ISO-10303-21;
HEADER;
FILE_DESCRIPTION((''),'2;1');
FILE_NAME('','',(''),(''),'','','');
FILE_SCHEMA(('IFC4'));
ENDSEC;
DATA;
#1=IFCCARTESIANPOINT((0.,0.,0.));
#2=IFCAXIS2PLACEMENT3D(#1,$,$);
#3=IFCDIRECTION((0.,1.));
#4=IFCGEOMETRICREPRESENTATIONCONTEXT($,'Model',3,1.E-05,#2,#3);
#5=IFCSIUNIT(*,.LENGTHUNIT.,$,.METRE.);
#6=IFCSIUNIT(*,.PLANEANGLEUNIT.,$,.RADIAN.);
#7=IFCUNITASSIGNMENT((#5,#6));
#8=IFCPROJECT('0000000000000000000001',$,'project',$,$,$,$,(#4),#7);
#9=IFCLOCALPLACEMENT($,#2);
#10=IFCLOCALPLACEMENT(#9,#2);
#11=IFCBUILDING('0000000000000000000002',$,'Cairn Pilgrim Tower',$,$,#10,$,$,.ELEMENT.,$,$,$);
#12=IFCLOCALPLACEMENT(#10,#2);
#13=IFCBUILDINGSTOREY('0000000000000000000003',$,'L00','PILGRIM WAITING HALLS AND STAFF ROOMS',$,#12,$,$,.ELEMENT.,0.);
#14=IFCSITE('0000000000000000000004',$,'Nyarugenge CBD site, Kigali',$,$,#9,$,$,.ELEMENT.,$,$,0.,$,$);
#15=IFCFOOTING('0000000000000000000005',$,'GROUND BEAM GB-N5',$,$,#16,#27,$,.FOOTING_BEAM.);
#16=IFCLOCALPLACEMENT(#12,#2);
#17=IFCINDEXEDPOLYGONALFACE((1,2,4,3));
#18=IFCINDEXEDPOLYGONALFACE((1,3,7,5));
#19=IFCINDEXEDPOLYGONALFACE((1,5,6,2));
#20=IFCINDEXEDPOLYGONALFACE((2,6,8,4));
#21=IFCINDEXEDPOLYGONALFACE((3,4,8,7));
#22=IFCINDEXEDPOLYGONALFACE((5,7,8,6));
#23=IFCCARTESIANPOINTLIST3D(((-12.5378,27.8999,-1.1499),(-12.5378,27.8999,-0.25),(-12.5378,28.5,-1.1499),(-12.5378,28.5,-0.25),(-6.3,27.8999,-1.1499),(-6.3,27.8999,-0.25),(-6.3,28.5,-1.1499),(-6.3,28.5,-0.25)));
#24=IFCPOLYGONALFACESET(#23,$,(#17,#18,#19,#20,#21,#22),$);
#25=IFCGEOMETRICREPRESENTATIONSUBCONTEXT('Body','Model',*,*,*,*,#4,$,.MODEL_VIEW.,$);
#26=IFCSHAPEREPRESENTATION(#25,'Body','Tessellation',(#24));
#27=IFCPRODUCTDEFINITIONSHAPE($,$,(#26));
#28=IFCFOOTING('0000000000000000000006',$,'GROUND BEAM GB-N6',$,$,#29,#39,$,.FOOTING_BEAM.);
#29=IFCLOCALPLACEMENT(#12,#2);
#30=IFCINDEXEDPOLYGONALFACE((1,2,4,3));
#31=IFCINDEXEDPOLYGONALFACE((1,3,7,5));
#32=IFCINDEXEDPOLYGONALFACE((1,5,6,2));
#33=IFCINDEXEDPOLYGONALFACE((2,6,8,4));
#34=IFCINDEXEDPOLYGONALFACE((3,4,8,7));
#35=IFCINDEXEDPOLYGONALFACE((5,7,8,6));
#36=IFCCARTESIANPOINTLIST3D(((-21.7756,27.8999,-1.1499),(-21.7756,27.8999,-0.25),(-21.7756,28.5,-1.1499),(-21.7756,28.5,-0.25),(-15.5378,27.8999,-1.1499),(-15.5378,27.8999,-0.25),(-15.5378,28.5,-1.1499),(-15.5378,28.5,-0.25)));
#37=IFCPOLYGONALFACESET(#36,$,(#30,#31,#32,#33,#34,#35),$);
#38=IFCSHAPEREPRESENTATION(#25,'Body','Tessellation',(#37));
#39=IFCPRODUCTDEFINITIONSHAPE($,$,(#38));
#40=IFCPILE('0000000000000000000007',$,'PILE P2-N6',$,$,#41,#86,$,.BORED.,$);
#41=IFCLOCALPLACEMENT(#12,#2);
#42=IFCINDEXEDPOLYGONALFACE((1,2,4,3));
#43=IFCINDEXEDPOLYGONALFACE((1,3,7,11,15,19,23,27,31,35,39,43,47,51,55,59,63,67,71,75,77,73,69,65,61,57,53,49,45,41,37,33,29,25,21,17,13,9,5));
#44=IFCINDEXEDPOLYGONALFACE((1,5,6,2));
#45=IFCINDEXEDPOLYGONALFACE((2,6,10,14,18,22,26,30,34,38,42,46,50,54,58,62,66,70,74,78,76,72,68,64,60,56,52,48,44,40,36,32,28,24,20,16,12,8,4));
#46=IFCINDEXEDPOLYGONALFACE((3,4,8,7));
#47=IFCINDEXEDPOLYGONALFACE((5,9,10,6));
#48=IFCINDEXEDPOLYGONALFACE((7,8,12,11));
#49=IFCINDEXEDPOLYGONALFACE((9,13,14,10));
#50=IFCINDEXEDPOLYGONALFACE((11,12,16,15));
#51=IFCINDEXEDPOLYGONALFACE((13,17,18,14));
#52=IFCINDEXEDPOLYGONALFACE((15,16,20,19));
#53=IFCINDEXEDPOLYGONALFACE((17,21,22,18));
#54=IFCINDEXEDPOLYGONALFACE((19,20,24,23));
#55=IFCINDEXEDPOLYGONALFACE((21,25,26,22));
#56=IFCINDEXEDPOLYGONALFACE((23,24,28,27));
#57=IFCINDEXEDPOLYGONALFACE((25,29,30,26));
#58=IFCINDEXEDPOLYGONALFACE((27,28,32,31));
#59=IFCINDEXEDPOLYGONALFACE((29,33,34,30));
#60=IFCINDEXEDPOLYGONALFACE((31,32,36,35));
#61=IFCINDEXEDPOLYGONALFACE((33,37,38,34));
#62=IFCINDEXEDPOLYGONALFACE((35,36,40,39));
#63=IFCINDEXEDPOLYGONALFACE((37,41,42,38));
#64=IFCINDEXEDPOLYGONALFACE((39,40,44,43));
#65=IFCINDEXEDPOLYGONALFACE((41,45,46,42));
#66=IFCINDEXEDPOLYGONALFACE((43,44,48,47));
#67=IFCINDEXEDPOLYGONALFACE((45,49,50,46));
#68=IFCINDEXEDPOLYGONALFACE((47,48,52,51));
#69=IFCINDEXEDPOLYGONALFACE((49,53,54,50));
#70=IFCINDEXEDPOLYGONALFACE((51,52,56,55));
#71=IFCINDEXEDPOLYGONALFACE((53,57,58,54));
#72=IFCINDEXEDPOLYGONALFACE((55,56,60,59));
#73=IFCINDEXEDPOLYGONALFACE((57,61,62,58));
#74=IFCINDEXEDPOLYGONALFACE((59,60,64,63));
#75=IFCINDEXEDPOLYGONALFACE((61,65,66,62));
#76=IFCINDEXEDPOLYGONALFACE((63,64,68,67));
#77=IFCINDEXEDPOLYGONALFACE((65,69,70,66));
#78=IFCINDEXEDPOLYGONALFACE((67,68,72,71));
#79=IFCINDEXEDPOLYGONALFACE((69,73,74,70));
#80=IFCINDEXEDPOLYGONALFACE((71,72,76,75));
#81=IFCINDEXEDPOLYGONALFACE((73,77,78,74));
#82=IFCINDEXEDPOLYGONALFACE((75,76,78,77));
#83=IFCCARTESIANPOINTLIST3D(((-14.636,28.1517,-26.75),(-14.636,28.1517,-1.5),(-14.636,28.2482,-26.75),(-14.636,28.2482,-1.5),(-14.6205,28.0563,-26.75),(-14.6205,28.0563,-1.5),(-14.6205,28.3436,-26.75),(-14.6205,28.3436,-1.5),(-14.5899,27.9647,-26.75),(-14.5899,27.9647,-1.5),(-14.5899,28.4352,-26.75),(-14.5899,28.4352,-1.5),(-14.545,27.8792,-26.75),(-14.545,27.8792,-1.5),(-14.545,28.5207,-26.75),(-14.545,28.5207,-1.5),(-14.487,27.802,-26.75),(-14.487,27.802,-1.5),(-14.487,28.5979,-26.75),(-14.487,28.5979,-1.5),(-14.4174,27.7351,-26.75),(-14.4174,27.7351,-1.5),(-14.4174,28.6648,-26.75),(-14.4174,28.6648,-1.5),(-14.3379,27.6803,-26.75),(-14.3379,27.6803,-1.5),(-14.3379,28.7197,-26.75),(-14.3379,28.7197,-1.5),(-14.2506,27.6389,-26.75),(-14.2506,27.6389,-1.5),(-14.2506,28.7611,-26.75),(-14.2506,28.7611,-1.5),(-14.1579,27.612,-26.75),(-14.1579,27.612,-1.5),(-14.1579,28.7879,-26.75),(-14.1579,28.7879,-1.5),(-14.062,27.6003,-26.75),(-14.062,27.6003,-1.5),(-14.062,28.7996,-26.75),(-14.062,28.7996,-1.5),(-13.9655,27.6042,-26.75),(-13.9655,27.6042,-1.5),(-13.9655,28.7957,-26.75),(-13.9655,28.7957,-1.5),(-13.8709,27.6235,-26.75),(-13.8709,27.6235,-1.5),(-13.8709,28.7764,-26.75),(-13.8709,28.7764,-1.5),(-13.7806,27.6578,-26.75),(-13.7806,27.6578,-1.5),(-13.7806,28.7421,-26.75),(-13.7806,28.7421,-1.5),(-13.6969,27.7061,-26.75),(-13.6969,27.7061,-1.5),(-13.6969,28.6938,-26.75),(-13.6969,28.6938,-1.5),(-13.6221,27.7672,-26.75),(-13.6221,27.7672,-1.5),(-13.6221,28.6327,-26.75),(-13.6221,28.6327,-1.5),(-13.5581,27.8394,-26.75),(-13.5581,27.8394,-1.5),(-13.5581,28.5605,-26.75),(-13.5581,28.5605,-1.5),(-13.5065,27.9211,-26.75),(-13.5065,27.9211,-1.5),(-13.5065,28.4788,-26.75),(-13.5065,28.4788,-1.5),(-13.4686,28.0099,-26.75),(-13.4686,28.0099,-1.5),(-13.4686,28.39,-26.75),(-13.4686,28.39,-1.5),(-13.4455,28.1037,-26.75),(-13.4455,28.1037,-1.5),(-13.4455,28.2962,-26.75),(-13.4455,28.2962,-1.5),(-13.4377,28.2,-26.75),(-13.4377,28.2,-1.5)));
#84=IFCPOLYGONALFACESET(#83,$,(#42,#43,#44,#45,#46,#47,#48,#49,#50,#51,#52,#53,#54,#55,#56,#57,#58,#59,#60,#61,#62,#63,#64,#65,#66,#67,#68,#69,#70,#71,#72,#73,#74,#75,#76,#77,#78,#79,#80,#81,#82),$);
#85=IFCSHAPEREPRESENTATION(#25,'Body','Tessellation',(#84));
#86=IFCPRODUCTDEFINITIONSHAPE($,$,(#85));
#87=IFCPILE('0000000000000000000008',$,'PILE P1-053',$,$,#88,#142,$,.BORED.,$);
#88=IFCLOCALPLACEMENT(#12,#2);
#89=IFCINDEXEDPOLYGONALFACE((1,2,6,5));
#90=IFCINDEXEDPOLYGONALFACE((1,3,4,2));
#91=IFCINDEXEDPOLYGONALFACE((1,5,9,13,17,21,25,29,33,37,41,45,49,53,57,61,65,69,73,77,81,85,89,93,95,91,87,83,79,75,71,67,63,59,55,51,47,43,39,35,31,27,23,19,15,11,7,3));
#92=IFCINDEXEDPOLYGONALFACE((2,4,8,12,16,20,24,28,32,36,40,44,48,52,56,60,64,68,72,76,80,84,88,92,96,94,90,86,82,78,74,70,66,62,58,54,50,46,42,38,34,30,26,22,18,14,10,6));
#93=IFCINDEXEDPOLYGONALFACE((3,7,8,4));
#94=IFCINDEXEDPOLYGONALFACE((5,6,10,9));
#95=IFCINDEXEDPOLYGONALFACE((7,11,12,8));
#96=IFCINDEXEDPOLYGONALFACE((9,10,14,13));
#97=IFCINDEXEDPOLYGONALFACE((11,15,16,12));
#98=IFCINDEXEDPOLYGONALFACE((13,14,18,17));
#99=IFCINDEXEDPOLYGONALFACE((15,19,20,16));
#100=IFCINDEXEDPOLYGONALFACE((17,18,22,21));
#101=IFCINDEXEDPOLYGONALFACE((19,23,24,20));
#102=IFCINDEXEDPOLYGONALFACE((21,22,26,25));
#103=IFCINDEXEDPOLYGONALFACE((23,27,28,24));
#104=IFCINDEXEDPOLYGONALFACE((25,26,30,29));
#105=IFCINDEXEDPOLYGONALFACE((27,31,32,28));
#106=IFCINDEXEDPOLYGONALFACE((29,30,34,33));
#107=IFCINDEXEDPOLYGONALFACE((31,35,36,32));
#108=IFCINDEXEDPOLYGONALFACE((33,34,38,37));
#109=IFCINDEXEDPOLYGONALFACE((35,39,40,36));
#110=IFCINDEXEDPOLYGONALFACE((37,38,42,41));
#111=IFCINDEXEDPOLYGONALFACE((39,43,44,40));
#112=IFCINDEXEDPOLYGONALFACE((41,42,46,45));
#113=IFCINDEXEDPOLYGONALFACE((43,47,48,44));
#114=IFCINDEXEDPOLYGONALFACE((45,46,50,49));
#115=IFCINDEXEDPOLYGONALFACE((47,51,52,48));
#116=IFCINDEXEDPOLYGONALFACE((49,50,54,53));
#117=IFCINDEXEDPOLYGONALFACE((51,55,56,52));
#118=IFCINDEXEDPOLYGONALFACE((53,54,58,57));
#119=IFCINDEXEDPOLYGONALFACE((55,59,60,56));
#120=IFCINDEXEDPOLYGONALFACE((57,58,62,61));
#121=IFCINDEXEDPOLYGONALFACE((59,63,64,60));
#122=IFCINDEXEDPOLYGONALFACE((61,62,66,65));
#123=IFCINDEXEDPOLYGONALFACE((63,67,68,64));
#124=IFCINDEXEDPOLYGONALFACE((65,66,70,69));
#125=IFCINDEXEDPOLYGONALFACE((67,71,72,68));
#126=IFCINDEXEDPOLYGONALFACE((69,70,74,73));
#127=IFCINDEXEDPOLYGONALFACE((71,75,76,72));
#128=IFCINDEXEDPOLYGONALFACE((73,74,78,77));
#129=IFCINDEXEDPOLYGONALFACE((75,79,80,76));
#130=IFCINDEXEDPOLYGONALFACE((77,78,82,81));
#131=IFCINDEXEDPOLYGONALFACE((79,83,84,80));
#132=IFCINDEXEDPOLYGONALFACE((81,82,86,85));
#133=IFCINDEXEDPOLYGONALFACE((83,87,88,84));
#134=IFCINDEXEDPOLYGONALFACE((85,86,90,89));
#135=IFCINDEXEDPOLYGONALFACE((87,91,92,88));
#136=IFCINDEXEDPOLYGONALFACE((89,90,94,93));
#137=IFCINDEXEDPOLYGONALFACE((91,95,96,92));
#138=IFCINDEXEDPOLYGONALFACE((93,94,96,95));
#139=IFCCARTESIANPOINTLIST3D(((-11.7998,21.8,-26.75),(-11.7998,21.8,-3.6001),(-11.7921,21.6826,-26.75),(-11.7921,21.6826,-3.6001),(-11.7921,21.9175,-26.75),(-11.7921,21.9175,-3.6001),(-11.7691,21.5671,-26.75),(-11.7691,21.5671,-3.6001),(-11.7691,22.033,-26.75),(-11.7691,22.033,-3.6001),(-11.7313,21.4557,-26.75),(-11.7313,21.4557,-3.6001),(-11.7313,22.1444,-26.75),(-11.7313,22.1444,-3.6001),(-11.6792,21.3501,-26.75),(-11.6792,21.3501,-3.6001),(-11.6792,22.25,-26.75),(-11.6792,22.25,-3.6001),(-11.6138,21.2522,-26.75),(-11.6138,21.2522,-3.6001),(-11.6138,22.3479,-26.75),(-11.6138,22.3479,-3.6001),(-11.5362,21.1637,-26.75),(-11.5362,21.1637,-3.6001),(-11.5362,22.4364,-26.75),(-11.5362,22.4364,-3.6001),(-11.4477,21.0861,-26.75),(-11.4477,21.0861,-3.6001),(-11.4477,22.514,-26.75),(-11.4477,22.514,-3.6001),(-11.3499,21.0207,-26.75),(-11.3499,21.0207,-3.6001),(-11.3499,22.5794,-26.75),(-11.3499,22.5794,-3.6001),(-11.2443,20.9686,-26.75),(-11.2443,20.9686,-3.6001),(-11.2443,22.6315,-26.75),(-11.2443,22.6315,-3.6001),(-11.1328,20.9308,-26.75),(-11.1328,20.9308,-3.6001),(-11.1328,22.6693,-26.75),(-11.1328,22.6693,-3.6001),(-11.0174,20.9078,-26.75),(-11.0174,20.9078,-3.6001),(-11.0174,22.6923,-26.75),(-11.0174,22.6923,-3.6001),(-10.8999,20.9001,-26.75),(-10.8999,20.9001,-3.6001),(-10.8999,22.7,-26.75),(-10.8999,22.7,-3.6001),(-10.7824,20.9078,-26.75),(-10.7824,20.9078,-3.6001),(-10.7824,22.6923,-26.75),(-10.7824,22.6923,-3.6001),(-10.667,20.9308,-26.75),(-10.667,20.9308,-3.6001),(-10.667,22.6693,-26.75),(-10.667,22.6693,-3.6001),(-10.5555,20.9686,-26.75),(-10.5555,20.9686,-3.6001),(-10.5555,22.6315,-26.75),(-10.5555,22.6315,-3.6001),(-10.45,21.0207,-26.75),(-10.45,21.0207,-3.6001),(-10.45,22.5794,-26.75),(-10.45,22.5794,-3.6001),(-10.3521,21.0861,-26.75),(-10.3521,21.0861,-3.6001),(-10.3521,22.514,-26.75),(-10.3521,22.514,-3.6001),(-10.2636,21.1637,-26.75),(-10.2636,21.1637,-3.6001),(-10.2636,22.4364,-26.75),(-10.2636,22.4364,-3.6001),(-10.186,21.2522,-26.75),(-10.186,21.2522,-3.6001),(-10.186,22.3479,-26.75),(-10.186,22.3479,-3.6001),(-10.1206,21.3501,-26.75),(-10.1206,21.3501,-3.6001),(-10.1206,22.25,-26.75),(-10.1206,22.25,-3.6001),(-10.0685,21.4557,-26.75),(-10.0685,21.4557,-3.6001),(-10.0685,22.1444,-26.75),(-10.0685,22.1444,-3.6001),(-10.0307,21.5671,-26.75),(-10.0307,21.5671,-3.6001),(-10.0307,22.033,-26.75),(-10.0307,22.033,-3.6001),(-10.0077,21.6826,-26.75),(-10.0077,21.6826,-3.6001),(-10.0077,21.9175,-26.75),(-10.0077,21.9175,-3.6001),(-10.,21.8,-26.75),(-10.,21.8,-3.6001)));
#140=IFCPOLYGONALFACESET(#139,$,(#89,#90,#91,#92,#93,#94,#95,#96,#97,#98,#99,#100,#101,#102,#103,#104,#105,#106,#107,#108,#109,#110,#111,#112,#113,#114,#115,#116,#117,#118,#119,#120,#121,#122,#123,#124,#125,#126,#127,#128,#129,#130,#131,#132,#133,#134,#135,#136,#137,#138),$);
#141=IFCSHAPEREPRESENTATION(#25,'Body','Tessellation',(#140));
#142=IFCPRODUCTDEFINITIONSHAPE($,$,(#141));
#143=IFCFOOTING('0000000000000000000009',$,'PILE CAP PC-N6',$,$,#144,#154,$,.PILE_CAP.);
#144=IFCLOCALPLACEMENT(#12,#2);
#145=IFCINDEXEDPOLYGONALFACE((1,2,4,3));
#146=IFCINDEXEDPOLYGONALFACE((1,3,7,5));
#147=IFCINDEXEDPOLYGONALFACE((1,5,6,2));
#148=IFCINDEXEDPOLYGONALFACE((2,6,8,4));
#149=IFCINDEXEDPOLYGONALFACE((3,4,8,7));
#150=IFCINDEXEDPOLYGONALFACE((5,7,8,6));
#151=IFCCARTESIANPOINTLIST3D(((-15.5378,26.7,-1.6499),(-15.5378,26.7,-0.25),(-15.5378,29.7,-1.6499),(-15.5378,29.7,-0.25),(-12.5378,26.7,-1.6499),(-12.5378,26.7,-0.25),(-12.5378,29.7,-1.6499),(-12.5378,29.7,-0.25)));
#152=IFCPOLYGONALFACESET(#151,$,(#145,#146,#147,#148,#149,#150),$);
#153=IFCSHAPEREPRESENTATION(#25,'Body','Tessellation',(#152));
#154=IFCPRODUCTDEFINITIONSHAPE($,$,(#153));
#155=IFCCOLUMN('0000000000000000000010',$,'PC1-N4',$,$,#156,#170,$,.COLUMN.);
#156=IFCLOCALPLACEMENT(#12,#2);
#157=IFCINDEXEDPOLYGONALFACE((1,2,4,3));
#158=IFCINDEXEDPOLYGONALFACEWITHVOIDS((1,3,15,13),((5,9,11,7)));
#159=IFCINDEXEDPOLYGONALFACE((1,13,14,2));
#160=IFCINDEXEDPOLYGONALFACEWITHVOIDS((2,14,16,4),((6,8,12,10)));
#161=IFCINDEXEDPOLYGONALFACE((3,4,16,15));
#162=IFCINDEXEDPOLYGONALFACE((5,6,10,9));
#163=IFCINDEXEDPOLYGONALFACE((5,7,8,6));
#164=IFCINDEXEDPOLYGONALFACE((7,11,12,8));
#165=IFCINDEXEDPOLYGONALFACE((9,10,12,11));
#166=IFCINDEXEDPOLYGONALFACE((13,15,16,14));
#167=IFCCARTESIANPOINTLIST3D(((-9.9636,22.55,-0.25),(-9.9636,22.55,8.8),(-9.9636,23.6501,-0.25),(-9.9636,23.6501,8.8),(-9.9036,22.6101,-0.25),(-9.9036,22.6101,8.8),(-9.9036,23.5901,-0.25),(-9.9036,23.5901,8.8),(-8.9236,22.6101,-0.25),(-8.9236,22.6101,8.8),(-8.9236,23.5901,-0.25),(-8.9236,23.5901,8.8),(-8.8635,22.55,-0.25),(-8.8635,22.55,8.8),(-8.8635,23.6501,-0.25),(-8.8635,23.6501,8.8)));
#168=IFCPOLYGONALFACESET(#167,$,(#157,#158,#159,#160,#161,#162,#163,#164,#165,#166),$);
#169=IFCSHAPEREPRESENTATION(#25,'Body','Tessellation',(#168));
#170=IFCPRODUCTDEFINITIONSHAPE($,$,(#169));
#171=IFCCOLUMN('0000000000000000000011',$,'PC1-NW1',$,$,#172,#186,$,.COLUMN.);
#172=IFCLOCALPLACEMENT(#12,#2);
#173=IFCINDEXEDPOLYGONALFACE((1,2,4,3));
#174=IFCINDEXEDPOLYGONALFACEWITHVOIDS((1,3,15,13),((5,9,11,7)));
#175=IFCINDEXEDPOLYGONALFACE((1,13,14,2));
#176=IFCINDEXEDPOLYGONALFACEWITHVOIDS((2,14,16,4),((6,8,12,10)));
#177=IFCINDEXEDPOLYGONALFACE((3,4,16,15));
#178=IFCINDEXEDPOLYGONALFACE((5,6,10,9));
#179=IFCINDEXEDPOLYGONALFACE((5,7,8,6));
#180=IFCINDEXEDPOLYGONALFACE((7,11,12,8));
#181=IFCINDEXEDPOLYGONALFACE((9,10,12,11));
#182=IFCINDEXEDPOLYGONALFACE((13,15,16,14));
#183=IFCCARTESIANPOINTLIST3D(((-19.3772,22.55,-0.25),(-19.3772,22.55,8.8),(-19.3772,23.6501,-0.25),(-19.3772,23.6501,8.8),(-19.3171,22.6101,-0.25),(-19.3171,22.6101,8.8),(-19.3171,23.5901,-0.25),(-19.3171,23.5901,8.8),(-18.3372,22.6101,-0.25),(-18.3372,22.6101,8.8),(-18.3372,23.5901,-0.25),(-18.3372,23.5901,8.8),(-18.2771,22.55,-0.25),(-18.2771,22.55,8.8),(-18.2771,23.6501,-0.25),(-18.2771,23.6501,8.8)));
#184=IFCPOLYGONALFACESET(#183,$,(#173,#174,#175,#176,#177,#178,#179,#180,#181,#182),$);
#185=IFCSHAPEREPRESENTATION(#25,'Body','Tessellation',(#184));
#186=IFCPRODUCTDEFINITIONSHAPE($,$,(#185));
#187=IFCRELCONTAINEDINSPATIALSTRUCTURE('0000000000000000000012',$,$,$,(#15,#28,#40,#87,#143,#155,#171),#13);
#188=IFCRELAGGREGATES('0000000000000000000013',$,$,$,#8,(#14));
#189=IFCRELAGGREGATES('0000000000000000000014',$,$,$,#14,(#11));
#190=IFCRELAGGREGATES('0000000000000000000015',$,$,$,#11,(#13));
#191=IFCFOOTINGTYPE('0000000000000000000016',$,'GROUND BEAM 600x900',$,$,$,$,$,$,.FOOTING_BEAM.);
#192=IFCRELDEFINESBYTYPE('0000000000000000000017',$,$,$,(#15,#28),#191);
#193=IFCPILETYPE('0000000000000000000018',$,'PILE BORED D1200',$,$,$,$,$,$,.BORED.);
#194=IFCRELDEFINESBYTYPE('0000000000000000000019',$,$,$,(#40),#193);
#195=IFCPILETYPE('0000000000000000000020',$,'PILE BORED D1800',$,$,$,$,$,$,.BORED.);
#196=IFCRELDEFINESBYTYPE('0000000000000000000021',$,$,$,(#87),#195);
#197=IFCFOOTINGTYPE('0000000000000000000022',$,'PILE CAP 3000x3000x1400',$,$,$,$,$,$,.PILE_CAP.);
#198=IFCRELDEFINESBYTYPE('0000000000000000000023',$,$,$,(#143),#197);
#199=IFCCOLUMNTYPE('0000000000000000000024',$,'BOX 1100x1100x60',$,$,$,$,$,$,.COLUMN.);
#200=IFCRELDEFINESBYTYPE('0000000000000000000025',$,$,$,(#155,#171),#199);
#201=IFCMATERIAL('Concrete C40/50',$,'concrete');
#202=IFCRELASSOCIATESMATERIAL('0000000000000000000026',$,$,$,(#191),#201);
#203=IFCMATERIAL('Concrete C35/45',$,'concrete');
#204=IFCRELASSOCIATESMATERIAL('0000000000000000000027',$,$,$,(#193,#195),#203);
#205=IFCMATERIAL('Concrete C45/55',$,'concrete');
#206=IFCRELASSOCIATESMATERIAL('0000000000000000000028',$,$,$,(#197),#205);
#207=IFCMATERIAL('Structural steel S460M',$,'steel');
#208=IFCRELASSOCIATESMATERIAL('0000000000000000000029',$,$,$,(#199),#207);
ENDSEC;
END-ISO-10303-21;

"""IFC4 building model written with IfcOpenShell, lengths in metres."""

from ifc_helpers import new_model, si_unit, direction, frame, origin, origin_2d, place, context, subcontext, project, spatial, rectangle, hollow_rectangle, circle, extrude, material, material_profile, profile_set, type_object, element, save


model = new_model("IFC4")

# Units and contexts
model_context = context("Model", 3, precision=1e-05, world=origin(), true_north=direction((0.0, 1.0)))
body_context = subcontext(model_context, "Body", "Model", "MODEL_VIEW")
ifc_project = project(units=[si_unit("LENGTHUNIT", "METRE"), si_unit("PLANEANGLEUNIT", "RADIAN")], contexts=[model_context])

# Site, building, storey
site_placement = place(None, origin())
site = spatial("IfcSite", under=ifc_project, at=site_placement, Name="Nyarugenge CBD site, Kigali", CompositionType="ELEMENT", RefElevation=0.0)
building_placement = place(site_placement, origin())
building = spatial("IfcBuilding", under=site, at=building_placement, Name="Cairn Pilgrim Tower", CompositionType="ELEMENT")
storey_placement = place(building_placement, origin())
storey = spatial("IfcBuildingStorey", under=building, at=storey_placement, Name="L00", Description="PILGRIM WAITING HALLS AND STAFF ROOMS", CompositionType="ELEMENT", Elevation=0.0)

# Footings
ifc_material_1 = material(Name="Concrete C40/50", Category="concrete")
footing_type_1 = type_object("IfcFootingType", Name="GROUND BEAM 600x900", PredefinedType="FOOTING_BEAM", material=ifc_material_1)
for number, where, z_axis, x_axis, name in (
    (1, (-9.4189, 28.2, -1.1499), (0.0, 0.0, 1.0), (-1.0, 0.0, 0.0), "GROUND BEAM GB-N5"),
    (2, (-18.6567, 28.2, -1.1499), (0.0, 0.0, 1.0), (-1.0, 0.0, 0.0), "GROUND BEAM GB-N6"),
):
    element("IfcFooting", number, at=place(storey_placement, frame(where, z_axis=z_axis, x_axis=x_axis)), inside=storey, type_object=footing_type_1, Name=name, PredefinedType="FOOTING_BEAM", context=body_context, shape_type="SweptSolid", body=[
        extrude(rectangle(XDim=6.2378, YDim=0.6001, at=origin_2d()), origin(), (0.0, 0.0, 1.0), 0.8999),
    ])

# Piles
ifc_material_2 = material(Name="Concrete C35/45", Category="concrete")
ifc_material_profile_1 = material_profile(ifc_material_2, circle(Radius=0.6001, at=origin_2d()), Name="D1200")
ifc_profile_set_1 = profile_set([ifc_material_profile_1], Name="Concrete C35/45")
pile_type_1 = type_object("IfcPileType", Name="PILE BORED D1200", PredefinedType="BORED", material=ifc_profile_set_1)
pile_1_placement = place(storey_placement, frame((-14.0378, 28.2, -1.5), z_axis=(0.0, 0.0, -1.0), x_axis=(1.0, 0.0, 0.0)))
element("IfcPile", 3, at=pile_1_placement, inside=storey, type_object=pile_type_1, Name="PILE P2-N6", PredefinedType="BORED", context=body_context, shape_type="SweptSolid", body=[
    extrude(circle(Radius=0.6001, at=origin_2d()), origin(), (0.0, 0.0, 1.0), 25.25),
])
ifc_material_profile_2 = material_profile(ifc_material_2, circle(Radius=0.8999, at=origin_2d()), Name="D1800")
ifc_profile_set_2 = profile_set([ifc_material_profile_2], Name="Concrete C35/45")
pile_type_2 = type_object("IfcPileType", Name="PILE BORED D1800", PredefinedType="BORED", material=ifc_profile_set_2)
pile_2_placement = place(storey_placement, frame((-10.8999, 21.8, -3.6001), z_axis=(0.0, 0.0, -1.0), x_axis=(1.0, 0.0, 0.0)))
element("IfcPile", 4, at=pile_2_placement, inside=storey, type_object=pile_type_2, Name="PILE P1-053", PredefinedType="BORED", context=body_context, shape_type="SweptSolid", body=[
    extrude(circle(Radius=0.8999, at=origin_2d()), origin(), (0.0, 0.0, 1.0), 23.1499),
])

# Footing
ifc_material_3 = material(Name="Concrete C45/55", Category="concrete")
footing_type_2 = type_object("IfcFootingType", Name="PILE CAP 3000x3000x1400", PredefinedType="PILE_CAP", material=ifc_material_3)
footing_placement = place(storey_placement, frame((-14.0378, 28.2, -1.6499), z_axis=(0.0, 0.0, 1.0), x_axis=(1.0, 0.0, 0.0)))
element("IfcFooting", 5, at=footing_placement, inside=storey, type_object=footing_type_2, Name="PILE CAP PC-N6", PredefinedType="PILE_CAP", context=body_context, shape_type="SweptSolid", body=[
    extrude(rectangle(XDim=3.0, YDim=3.0, at=origin_2d()), origin(), (0.0, 0.0, 1.0), 1.3999),
])

# Columns
ifc_material_4 = material(Name="Structural steel S460M", Category="steel")
ifc_material_profile_3 = material_profile(ifc_material_4, hollow_rectangle(XDim=1.1001, YDim=1.1001, WallThickness=0.0601, at=origin_2d()), Name="BOX 1100x1100x60")
ifc_profile_set_3 = profile_set([ifc_material_profile_3], Name="Structural steel S460M")
column_type_1 = type_object("IfcColumnType", Name="BOX 1100x1100x60", PredefinedType="COLUMN", material=ifc_profile_set_3)
for number, where, z_axis, x_axis, name in (
    (6, (-9.4136, 23.1001, -0.25), (0.0, 0.0, 1.0), (1.0, 0.0, 0.0), "PC1-N4"),
    (7, (-18.8271, 23.1001, -0.25), (0.0, 0.0, 1.0), (1.0, 0.0, 0.0), "PC1-NW1"),
):
    element("IfcColumn", number, at=place(storey_placement, frame(where, z_axis=z_axis, x_axis=x_axis)), inside=storey, type_object=column_type_1, Name=name, PredefinedType="COLUMN", context=body_context, shape_type="SweptSolid", body=[
        extrude(hollow_rectangle(XDim=1.1001, YDim=1.1001, WallThickness=0.0601, at=origin_2d()), origin(), (0.0, 0.0, 1.0), 9.05),
    ])

save(model, "model.ifc")
